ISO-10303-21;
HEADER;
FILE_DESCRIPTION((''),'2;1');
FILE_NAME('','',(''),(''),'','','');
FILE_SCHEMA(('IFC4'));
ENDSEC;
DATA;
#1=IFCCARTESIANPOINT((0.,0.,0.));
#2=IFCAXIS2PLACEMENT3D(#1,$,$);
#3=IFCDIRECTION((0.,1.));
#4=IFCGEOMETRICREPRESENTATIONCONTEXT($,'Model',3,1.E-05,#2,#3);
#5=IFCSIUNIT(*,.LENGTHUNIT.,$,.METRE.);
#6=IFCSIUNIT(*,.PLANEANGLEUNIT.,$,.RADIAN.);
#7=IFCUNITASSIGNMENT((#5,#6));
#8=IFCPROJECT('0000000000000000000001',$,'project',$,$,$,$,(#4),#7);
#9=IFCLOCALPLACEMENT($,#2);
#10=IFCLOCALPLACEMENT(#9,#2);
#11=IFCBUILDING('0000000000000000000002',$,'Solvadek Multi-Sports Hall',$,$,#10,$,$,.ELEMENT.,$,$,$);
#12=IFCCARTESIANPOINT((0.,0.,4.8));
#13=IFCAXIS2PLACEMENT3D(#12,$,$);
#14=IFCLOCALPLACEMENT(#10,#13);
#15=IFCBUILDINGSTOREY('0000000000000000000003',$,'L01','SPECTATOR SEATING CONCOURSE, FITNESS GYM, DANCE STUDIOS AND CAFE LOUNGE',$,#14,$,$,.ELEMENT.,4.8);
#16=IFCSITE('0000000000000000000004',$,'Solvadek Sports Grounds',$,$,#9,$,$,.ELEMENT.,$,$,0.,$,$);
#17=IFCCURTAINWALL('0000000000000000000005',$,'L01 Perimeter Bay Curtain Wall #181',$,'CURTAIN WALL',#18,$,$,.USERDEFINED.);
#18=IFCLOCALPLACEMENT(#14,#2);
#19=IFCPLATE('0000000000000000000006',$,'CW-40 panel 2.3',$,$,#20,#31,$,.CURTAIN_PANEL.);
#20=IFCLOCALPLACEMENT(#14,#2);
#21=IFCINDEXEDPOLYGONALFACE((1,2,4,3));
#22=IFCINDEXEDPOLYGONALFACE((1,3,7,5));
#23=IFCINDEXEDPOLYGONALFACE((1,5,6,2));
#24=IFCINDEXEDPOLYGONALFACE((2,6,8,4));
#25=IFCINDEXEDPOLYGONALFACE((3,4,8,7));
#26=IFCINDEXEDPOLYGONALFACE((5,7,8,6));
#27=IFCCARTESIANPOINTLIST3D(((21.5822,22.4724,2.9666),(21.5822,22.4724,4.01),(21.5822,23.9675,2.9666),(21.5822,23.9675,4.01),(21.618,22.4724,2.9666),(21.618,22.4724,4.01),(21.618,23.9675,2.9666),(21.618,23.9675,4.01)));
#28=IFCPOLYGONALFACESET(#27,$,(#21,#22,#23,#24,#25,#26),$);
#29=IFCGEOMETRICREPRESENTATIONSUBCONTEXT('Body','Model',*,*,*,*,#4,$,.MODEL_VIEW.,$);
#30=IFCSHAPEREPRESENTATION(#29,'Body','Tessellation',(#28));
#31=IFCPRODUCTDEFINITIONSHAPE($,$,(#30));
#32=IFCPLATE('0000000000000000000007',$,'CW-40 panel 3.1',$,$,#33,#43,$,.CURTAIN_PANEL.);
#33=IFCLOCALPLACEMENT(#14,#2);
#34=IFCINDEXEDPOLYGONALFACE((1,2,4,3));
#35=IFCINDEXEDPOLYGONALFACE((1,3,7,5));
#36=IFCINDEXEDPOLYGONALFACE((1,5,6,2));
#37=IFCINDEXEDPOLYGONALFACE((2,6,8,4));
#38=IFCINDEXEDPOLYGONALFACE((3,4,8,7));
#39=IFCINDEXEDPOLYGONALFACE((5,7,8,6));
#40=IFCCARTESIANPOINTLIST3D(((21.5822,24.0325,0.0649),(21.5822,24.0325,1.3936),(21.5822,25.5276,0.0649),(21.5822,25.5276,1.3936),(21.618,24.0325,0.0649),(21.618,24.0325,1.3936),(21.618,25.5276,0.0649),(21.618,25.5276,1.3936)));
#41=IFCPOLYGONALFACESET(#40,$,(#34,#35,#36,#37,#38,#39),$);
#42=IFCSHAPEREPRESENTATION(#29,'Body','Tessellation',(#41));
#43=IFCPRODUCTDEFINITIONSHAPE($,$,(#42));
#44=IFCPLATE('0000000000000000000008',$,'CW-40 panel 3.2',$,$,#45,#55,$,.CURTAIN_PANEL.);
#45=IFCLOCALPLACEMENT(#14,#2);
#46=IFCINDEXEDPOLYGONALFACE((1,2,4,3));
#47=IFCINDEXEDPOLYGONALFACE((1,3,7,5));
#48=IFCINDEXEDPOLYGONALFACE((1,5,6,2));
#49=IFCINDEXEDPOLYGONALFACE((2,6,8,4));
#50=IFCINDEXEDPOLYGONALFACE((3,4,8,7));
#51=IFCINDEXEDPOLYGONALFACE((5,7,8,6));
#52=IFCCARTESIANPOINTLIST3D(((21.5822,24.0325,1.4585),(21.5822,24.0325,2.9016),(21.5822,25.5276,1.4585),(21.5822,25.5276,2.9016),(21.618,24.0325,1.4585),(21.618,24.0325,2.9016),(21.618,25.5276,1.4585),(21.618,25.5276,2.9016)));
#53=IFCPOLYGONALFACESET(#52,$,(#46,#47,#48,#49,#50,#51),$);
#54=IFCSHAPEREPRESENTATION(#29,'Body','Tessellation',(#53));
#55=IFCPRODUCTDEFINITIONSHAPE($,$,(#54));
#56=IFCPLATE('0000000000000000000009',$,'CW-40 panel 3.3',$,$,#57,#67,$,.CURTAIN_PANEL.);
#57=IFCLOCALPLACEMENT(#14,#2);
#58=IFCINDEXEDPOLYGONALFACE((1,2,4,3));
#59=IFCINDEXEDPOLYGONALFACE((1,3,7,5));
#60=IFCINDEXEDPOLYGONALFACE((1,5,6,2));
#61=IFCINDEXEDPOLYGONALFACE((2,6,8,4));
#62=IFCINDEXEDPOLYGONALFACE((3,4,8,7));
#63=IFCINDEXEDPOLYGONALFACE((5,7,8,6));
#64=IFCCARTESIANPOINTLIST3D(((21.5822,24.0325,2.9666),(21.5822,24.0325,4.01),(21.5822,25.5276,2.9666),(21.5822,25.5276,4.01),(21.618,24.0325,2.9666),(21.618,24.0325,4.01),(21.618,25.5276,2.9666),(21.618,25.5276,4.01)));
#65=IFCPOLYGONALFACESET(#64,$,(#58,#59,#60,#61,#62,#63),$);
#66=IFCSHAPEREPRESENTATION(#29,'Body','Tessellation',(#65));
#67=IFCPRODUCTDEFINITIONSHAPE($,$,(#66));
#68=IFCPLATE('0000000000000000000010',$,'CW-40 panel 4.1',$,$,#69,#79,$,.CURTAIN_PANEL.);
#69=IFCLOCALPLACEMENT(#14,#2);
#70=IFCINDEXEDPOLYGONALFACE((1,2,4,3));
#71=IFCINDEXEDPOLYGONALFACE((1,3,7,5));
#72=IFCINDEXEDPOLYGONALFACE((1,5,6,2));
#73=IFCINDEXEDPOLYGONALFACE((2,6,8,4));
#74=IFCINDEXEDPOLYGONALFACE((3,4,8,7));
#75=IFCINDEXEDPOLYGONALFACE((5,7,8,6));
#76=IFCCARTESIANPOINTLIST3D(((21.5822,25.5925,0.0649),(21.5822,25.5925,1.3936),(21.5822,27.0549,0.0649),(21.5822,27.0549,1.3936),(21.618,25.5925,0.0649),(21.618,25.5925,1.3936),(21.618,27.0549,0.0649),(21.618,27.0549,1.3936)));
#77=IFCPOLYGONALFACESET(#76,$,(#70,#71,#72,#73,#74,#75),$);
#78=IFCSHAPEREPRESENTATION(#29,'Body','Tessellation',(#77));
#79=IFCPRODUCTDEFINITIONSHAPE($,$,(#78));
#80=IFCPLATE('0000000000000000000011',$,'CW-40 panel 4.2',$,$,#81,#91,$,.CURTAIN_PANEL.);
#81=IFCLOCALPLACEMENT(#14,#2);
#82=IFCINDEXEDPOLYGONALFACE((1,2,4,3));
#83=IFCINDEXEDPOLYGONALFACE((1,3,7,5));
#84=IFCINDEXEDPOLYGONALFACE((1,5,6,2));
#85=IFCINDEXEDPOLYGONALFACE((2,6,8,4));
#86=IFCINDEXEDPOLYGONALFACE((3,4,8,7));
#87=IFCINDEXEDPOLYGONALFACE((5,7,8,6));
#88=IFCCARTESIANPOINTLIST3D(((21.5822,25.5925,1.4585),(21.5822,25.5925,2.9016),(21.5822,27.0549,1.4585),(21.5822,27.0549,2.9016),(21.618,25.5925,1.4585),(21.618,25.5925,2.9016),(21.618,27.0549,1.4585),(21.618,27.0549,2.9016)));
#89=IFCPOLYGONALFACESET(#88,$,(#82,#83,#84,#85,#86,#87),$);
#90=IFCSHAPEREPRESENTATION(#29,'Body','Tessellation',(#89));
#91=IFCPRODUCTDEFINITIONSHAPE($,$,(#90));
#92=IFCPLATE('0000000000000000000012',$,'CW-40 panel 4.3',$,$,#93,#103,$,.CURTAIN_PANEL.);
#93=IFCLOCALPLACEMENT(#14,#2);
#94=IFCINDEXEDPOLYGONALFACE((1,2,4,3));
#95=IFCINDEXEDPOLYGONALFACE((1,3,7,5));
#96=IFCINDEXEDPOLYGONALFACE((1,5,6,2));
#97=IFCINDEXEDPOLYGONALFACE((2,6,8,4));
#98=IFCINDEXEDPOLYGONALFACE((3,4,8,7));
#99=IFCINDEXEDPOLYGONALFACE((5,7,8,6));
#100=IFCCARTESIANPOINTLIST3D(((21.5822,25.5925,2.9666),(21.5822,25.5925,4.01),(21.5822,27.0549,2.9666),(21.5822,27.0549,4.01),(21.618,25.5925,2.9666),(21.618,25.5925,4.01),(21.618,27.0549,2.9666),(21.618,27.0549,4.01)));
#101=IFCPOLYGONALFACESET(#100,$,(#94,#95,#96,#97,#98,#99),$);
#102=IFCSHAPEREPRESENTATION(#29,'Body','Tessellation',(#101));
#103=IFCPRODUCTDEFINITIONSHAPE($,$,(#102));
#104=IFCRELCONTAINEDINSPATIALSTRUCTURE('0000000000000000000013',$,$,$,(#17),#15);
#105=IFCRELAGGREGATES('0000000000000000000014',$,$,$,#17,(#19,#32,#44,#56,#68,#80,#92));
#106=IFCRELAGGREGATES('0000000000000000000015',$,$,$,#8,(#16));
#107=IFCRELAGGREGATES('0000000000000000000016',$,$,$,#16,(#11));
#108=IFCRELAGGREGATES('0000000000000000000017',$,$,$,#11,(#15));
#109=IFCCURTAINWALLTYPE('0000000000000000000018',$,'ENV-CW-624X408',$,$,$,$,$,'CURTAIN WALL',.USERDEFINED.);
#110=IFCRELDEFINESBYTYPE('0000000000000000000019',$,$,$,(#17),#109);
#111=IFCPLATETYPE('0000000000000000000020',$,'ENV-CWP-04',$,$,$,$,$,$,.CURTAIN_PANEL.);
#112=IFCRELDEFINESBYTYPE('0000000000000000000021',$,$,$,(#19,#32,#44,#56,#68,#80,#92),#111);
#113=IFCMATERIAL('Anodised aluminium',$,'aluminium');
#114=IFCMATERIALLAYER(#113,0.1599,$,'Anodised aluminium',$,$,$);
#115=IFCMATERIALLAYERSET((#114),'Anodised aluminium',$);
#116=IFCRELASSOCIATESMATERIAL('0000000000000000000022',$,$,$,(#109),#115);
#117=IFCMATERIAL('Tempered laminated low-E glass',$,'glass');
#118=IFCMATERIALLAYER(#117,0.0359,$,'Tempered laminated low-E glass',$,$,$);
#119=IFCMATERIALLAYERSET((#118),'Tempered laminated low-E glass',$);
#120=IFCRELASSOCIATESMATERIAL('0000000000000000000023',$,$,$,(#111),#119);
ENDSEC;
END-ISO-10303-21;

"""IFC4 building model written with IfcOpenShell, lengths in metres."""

from ifc_helpers import new_model, si_unit, direction, frame, origin, origin_2d, place, context, subcontext, project, spatial, rectangle, extrude, material, layer, layer_set, type_object, element, aggregate, save


model = new_model("IFC4")

# Units and contexts
model_context = context("Model", 3, precision=1e-05, world=origin(), true_north=direction((0.0, 1.0)))
body_context = subcontext(model_context, "Body", "Model", "MODEL_VIEW")
ifc_project = project(units=[si_unit("LENGTHUNIT", "METRE"), si_unit("PLANEANGLEUNIT", "RADIAN")], contexts=[model_context])

# Site, building, storey
site_placement = place(None, origin())
site = spatial("IfcSite", under=ifc_project, at=site_placement, Name="Solvadek Sports Grounds", CompositionType="ELEMENT", RefElevation=0.0)
building_placement = place(site_placement, origin())
building = spatial("IfcBuilding", under=site, at=building_placement, Name="Solvadek Multi-Sports Hall", CompositionType="ELEMENT")
storey_placement = place(building_placement, frame((0.0, 0.0, 4.8)))
storey = spatial("IfcBuildingStorey", under=building, at=storey_placement, Name="L01", Description="SPECTATOR SEATING CONCOURSE, FITNESS GYM, DANCE STUDIOS AND CAFE LOUNGE", CompositionType="ELEMENT", Elevation=4.8)

# Curtain wall
ifc_material_1 = material(Name="Anodised aluminium", Category="aluminium")
ifc_layer_1 = layer(ifc_material_1, 0.1599, Name="Anodised aluminium")
ifc_layer_set_1 = layer_set([ifc_layer_1], Name="Anodised aluminium")
curtain_wall_type_1 = type_object("IfcCurtainWallType", Name="ENV-CW-624X408", ElementType="CURTAIN WALL", PredefinedType="USERDEFINED", material=ifc_layer_set_1)
curtain_wall_1_placement = place(storey_placement, origin())
curtain_wall_1 = element("IfcCurtainWall", 1, at=curtain_wall_1_placement, inside=storey, type_object=curtain_wall_type_1, Name="L01 Perimeter Bay Curtain Wall #181", ObjectType="CURTAIN WALL", PredefinedType="USERDEFINED")

# Plates
ifc_material_2 = material(Name="Tempered laminated low-E glass", Category="glass")
ifc_layer_2 = layer(ifc_material_2, 0.0359, Name="Tempered laminated low-E glass")
ifc_layer_set_2 = layer_set([ifc_layer_2], Name="Tempered laminated low-E glass")
plate_type = type_object("IfcPlateType", Name="ENV-CWP-04", PredefinedType="CURTAIN_PANEL", material=ifc_layer_set_2)
plate_1_placement = place(storey_placement, frame((21.6001, 23.22, 2.9666), z_axis=(0.0, 0.0, 1.0), x_axis=(0.0, 1.0, 0.0)))
plate_1 = element("IfcPlate", 2, at=plate_1_placement, type_object=plate_type, Name="CW-40 panel 2.3", PredefinedType="CURTAIN_PANEL", context=body_context, shape_type="SweptSolid", body=[
    extrude(rectangle(XDim=1.4951, YDim=0.0359, at=origin_2d()), origin(), (0.0, 0.0, 1.0), 1.0435),
])
plate_2_placement = place(storey_placement, frame((21.6001, 24.78, 0.0649), z_axis=(0.0, 0.0, 1.0), x_axis=(0.0, 1.0, 0.0)))
plate_2 = element("IfcPlate", 3, at=plate_2_placement, type_object=plate_type, Name="CW-40 panel 3.1", PredefinedType="CURTAIN_PANEL", context=body_context, shape_type="SweptSolid", body=[
    extrude(rectangle(XDim=1.4951, YDim=0.0359, at=origin_2d()), origin(), (0.0, 0.0, 1.0), 1.3286),
])
plate_3_placement = place(storey_placement, frame((21.6001, 24.78, 1.4585), z_axis=(0.0, 0.0, 1.0), x_axis=(0.0, 1.0, 0.0)))
plate_3 = element("IfcPlate", 4, at=plate_3_placement, type_object=plate_type, Name="CW-40 panel 3.2", PredefinedType="CURTAIN_PANEL", context=body_context, shape_type="SweptSolid", body=[
    extrude(rectangle(XDim=1.4951, YDim=0.0359, at=origin_2d()), origin(), (0.0, 0.0, 1.0), 1.4431),
])
plate_4_placement = place(storey_placement, frame((21.6001, 24.78, 2.9666), z_axis=(0.0, 0.0, 1.0), x_axis=(0.0, 1.0, 0.0)))
plate_4 = element("IfcPlate", 5, at=plate_4_placement, type_object=plate_type, Name="CW-40 panel 3.3", PredefinedType="CURTAIN_PANEL", context=body_context, shape_type="SweptSolid", body=[
    extrude(rectangle(XDim=1.4951, YDim=0.0359, at=origin_2d()), origin(), (0.0, 0.0, 1.0), 1.0435),
])
plate_5_placement = place(storey_placement, frame((21.6001, 26.3237, 0.0649), z_axis=(0.0, 0.0, 1.0), x_axis=(0.0, 1.0, 0.0)))
plate_5 = element("IfcPlate", 6, at=plate_5_placement, type_object=plate_type, Name="CW-40 panel 4.1", PredefinedType="CURTAIN_PANEL", context=body_context, shape_type="SweptSolid", body=[
    extrude(rectangle(XDim=1.4624, YDim=0.0359, at=origin_2d()), origin(), (0.0, 0.0, 1.0), 1.3286),
])
plate_6_placement = place(storey_placement, frame((21.6001, 26.3237, 1.4585), z_axis=(0.0, 0.0, 1.0), x_axis=(0.0, 1.0, 0.0)))
plate_6 = element("IfcPlate", 7, at=plate_6_placement, type_object=plate_type, Name="CW-40 panel 4.2", PredefinedType="CURTAIN_PANEL", context=body_context, shape_type="SweptSolid", body=[
    extrude(rectangle(XDim=1.4624, YDim=0.0359, at=origin_2d()), origin(), (0.0, 0.0, 1.0), 1.4431),
])
plate_7_placement = place(storey_placement, frame((21.6001, 26.3237, 2.9666), z_axis=(0.0, 0.0, 1.0), x_axis=(0.0, 1.0, 0.0)))
plate_7 = element("IfcPlate", 8, at=plate_7_placement, type_object=plate_type, Name="CW-40 panel 4.3", PredefinedType="CURTAIN_PANEL", context=body_context, shape_type="SweptSolid", body=[
    extrude(rectangle(XDim=1.4624, YDim=0.0359, at=origin_2d()), origin(), (0.0, 0.0, 1.0), 1.0435),
])
aggregate(curtain_wall_1, [plate_1, plate_2, plate_3, plate_4, plate_5, plate_6, plate_7])

save(model, "model.ifc")
